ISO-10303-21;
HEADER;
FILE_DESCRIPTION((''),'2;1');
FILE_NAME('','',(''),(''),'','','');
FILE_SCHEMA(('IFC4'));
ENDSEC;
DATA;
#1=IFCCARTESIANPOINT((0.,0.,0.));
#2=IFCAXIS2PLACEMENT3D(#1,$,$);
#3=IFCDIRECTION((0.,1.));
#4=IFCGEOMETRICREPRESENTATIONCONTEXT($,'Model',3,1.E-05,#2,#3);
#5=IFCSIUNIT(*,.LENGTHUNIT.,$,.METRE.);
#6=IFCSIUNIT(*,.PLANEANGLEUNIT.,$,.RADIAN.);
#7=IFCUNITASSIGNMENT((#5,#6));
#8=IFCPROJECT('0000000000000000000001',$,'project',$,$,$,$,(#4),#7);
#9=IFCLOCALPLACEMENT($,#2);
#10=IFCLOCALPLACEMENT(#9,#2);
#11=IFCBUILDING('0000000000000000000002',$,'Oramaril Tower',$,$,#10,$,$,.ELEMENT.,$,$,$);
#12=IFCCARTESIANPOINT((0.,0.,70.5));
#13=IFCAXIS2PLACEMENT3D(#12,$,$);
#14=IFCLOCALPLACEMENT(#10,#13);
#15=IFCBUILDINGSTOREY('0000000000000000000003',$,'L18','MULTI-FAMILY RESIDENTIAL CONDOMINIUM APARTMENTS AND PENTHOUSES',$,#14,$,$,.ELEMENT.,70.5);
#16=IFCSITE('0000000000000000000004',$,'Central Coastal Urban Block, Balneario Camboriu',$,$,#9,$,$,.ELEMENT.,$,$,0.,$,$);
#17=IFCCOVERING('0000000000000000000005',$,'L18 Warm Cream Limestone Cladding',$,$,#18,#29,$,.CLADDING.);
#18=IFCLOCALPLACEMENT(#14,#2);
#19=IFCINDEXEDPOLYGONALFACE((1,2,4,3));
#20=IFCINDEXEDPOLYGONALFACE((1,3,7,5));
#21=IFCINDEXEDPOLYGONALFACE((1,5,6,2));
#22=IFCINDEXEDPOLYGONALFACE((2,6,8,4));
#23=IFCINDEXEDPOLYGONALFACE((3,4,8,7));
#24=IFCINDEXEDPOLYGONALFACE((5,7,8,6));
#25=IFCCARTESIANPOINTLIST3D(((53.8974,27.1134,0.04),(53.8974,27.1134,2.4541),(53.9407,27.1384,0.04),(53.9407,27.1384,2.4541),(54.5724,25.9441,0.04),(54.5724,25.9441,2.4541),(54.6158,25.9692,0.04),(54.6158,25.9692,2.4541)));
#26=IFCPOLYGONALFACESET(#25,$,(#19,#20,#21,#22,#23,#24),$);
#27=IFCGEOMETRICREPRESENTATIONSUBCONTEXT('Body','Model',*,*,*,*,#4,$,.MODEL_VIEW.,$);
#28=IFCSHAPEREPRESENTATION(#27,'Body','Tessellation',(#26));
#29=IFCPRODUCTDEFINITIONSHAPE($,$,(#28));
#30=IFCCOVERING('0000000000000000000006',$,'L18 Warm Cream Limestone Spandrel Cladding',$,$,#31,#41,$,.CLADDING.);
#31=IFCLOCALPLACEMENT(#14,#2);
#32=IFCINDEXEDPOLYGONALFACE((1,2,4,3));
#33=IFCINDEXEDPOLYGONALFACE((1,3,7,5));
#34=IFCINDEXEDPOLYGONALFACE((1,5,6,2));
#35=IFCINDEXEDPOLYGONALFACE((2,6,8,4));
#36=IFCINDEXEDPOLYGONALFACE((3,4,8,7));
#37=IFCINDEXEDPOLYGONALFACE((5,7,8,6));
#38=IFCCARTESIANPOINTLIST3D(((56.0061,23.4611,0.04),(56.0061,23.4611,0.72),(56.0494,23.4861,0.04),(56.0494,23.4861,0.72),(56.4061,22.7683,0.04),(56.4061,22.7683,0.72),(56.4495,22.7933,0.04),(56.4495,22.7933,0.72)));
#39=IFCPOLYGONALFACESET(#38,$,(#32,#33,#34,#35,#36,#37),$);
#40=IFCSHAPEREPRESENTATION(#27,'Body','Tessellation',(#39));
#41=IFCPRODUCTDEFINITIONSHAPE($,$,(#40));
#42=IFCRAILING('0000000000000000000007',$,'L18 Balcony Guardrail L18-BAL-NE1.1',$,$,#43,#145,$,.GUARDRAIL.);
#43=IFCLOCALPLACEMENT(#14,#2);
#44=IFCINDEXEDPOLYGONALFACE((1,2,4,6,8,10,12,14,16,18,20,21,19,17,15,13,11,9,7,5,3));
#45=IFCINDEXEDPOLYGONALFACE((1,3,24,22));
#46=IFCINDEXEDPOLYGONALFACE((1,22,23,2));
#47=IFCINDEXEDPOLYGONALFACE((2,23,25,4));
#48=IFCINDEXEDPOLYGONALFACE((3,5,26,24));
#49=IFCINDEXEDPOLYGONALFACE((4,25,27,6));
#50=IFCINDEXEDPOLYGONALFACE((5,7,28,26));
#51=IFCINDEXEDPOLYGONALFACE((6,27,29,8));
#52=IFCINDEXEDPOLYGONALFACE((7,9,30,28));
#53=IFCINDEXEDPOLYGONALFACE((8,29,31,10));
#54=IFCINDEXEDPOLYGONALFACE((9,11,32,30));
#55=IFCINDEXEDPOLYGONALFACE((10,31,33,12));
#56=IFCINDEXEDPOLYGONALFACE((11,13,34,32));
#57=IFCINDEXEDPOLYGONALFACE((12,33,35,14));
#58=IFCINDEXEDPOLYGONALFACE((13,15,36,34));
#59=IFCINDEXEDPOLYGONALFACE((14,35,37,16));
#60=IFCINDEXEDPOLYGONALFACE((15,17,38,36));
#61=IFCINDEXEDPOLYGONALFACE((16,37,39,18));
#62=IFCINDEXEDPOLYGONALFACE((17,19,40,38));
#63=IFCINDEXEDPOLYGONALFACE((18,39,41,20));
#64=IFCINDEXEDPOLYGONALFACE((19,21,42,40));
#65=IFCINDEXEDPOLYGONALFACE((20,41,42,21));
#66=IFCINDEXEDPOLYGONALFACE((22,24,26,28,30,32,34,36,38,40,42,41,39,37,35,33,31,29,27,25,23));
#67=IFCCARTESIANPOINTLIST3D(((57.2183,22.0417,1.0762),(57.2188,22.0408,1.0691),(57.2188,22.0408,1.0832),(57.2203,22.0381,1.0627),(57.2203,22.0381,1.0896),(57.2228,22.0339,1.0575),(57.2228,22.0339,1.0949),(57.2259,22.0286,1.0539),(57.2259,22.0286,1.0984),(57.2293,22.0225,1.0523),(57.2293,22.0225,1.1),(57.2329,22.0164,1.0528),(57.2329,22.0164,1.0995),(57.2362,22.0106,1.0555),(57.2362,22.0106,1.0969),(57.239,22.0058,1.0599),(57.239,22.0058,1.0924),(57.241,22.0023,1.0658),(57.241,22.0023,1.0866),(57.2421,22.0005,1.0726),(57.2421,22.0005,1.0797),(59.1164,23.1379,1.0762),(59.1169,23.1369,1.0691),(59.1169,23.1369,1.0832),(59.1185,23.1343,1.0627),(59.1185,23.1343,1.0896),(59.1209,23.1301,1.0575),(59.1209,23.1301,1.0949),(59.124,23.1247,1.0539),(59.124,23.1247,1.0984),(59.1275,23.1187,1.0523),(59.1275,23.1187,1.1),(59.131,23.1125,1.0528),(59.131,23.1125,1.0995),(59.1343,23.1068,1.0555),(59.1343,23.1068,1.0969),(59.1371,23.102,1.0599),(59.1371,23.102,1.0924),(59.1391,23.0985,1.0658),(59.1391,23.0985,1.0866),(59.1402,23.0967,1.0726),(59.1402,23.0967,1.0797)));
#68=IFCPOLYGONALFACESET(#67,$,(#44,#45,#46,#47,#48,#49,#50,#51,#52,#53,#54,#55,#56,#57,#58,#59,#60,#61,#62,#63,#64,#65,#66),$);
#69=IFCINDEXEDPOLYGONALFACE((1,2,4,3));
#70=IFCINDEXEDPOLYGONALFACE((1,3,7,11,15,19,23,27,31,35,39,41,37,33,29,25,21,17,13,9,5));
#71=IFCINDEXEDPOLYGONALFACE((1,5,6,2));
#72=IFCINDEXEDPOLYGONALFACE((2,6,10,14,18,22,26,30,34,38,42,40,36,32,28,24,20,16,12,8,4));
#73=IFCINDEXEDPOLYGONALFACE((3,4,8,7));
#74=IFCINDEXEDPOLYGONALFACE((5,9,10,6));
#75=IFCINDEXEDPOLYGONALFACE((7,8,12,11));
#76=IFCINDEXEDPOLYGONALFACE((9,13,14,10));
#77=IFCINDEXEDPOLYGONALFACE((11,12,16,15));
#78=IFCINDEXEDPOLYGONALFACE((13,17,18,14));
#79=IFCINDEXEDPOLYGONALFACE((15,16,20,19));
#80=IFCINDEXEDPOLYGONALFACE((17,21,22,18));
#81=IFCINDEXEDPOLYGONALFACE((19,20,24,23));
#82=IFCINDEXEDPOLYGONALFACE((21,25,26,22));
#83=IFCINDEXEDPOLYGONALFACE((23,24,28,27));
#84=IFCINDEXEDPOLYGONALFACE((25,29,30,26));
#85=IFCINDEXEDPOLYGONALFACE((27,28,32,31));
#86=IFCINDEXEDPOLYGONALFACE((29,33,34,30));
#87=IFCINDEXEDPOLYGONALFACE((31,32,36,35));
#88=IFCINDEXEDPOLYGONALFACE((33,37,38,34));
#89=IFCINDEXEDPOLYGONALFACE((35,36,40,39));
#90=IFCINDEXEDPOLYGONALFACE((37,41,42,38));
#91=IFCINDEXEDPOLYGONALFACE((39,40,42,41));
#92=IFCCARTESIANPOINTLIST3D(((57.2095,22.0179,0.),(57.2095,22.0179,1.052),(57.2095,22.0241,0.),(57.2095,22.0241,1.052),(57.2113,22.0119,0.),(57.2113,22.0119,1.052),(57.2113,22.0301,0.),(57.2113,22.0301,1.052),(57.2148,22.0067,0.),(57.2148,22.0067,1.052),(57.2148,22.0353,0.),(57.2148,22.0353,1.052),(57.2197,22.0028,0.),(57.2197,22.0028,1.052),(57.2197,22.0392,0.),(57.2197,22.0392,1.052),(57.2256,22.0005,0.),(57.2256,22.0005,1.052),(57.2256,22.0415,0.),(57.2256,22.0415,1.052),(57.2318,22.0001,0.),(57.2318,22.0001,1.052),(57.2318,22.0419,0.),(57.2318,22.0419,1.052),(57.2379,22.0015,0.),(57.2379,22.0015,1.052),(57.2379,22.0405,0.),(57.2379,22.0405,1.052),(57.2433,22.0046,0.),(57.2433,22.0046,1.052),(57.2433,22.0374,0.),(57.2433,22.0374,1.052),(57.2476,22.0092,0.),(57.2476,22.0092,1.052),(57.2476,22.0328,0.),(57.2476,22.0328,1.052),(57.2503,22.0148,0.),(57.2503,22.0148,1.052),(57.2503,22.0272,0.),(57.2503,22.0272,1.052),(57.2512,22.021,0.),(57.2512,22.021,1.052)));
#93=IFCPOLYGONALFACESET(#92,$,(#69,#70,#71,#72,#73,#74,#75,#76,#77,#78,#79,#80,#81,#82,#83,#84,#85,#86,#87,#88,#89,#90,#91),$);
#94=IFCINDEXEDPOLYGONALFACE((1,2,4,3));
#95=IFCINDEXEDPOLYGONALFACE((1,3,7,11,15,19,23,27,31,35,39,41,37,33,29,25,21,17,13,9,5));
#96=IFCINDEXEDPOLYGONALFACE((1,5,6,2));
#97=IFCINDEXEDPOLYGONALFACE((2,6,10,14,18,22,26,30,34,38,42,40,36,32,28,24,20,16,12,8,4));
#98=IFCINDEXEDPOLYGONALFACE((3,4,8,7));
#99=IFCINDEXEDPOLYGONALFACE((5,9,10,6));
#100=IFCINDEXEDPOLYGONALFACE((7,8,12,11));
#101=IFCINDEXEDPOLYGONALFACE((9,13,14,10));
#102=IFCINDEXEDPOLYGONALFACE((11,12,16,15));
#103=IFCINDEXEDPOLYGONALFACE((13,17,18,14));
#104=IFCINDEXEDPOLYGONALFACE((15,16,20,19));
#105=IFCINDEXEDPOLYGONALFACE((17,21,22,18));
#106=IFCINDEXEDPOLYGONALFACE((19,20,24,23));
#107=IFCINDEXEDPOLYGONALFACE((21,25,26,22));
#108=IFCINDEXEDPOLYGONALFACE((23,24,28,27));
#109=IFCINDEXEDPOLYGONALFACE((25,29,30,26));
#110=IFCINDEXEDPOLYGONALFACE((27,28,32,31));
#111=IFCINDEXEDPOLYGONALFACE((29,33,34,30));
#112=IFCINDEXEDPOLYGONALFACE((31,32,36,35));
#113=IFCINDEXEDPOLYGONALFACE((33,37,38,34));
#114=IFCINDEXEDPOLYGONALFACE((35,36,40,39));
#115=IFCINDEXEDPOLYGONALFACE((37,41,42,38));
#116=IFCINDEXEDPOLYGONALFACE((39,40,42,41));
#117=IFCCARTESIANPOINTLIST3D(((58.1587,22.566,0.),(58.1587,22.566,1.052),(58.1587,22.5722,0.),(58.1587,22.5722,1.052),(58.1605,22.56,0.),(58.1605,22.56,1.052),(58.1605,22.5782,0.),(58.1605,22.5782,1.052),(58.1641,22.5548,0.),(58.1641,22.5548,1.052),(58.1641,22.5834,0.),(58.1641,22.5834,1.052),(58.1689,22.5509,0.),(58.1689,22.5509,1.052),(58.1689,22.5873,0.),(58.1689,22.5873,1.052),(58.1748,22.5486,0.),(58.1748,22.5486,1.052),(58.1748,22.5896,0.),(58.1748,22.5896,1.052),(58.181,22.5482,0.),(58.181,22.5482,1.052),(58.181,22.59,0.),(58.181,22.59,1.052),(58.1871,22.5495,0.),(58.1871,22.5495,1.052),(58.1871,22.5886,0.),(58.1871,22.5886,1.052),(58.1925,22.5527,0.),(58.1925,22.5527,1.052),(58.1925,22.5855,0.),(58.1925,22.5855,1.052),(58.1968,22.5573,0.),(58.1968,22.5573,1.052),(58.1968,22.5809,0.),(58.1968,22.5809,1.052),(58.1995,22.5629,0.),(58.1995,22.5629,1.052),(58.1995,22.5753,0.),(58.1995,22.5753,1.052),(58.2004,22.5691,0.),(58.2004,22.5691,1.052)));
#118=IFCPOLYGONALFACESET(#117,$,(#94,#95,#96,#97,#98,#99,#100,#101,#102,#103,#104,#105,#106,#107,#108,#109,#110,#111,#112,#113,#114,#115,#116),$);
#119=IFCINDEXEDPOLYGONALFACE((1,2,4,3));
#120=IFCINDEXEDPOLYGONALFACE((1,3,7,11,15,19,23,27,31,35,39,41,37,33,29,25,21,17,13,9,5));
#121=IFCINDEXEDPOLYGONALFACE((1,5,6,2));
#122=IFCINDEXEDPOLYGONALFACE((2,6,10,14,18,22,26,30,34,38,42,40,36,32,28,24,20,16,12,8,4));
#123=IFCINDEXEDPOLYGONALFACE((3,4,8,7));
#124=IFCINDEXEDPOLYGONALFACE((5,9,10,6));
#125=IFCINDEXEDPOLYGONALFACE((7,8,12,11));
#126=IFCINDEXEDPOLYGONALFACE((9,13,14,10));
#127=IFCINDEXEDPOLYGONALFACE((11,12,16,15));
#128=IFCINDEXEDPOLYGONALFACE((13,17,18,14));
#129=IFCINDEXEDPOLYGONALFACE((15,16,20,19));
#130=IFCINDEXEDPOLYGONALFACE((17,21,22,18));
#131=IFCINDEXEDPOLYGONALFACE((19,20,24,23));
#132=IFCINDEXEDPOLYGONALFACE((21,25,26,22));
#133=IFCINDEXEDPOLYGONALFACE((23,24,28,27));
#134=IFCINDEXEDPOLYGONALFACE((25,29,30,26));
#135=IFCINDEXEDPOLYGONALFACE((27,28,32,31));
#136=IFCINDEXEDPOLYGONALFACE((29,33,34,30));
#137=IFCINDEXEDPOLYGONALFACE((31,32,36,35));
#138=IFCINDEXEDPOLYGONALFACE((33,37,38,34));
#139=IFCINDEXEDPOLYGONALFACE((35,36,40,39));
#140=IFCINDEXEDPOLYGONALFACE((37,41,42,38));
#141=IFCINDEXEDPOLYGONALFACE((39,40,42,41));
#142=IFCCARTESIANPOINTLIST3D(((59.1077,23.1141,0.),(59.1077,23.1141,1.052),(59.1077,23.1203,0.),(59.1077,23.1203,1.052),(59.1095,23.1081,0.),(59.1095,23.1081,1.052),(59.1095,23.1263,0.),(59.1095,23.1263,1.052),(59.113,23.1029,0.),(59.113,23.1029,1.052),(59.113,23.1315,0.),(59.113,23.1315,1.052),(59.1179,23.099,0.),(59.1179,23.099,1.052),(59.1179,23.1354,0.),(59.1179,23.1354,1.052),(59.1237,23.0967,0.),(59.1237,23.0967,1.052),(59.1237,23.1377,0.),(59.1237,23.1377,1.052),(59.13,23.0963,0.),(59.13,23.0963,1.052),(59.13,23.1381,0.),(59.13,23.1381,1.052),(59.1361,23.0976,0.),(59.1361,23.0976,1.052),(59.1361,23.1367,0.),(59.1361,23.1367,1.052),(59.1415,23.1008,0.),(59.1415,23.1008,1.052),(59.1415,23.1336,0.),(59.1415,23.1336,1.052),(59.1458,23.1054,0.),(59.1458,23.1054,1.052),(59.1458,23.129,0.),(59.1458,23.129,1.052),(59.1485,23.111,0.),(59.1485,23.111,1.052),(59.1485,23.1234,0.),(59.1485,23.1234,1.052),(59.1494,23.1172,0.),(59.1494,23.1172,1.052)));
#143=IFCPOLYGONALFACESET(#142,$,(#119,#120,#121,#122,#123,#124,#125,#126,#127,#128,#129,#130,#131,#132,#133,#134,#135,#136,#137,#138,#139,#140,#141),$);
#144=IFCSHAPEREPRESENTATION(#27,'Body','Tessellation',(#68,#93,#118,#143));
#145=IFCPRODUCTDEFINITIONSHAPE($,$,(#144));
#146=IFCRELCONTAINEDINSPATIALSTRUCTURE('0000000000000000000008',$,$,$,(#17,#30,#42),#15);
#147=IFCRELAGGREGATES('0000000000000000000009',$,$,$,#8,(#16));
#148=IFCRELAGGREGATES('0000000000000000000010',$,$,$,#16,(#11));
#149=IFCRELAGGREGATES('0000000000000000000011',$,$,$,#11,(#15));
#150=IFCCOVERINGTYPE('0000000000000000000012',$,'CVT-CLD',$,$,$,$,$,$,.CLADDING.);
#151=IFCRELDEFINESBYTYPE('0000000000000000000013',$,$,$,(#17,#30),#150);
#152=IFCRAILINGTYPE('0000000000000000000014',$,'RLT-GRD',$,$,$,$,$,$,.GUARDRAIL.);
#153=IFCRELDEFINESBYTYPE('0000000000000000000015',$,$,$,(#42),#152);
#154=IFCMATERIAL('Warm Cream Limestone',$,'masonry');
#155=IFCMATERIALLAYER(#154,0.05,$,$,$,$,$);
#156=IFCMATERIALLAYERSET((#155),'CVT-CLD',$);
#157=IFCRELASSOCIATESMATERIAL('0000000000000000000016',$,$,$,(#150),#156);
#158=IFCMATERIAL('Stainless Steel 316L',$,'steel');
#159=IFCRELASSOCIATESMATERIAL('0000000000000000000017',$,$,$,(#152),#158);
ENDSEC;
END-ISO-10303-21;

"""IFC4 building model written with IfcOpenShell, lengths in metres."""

from ifc_helpers import new_model, si_unit, direction, frame, origin, origin_2d, place, context, subcontext, project, spatial, rectangle, circle, extrude, material, layer, layer_set, type_object, element, save


model = new_model("IFC4")

# Units and contexts
model_context = context("Model", 3, precision=1e-05, world=origin(), true_north=direction((0.0, 1.0)))
body_context = subcontext(model_context, "Body", "Model", "MODEL_VIEW")
ifc_project = project(units=[si_unit("LENGTHUNIT", "METRE"), si_unit("PLANEANGLEUNIT", "RADIAN")], contexts=[model_context])

# Site, building, storey
site_placement = place(None, origin())
site = spatial("IfcSite", under=ifc_project, at=site_placement, Name="Central Coastal Urban Block, Balneario Camboriu", CompositionType="ELEMENT", RefElevation=0.0)
building_placement = place(site_placement, origin())
building = spatial("IfcBuilding", under=site, at=building_placement, Name="Oramaril Tower", CompositionType="ELEMENT")
storey_placement = place(building_placement, frame((0.0, 0.0, 70.5)))
storey = spatial("IfcBuildingStorey", under=building, at=storey_placement, Name="L18", Description="MULTI-FAMILY RESIDENTIAL CONDOMINIUM APARTMENTS AND PENTHOUSES", CompositionType="ELEMENT", Elevation=70.5)

# Coverings
ifc_material_1 = material(Name="Warm Cream Limestone", Category="masonry")
ifc_layer_1 = layer(ifc_material_1, 0.05)
ifc_layer_set_1 = layer_set([ifc_layer_1], Name="CVT-CLD")
covering_type = type_object("IfcCoveringType", Name="CVT-CLD", PredefinedType="CLADDING", material=ifc_layer_set_1)
covering_1_placement = place(storey_placement, frame((54.2566, 26.5413, 0.04), z_axis=(0.0, 0.0, 1.0), x_axis=(-0.5, 0.866025, 0.0)))
element("IfcCovering", 1, at=covering_1_placement, inside=storey, type_object=covering_type, Name="L18 Warm Cream Limestone Cladding", PredefinedType="CLADDING", context=body_context, shape_type="SweptSolid", body=[
    extrude(rectangle(XDim=1.3501, YDim=0.05, at=origin_2d()), origin(), (0.0, 0.0, 1.0), 2.4141),
])
covering_2_placement = place(storey_placement, frame((56.2278, 23.1272, 0.04), z_axis=(0.0, 0.0, 1.0), x_axis=(-0.5, 0.866025, 0.0)))
element("IfcCovering", 2, at=covering_2_placement, inside=storey, type_object=covering_type, Name="L18 Warm Cream Limestone Spandrel Cladding", PredefinedType="CLADDING", context=body_context, shape_type="SweptSolid", body=[
    extrude(rectangle(XDim=0.8, YDim=0.05, at=origin_2d()), origin(), (0.0, 0.0, 1.0), 0.6799),
])

# Railing
ifc_material_2 = material(Name="Stainless Steel 316L", Category="steel")
railing_type = type_object("IfcRailingType", Name="RLT-GRD", PredefinedType="GUARDRAIL", material=ifc_material_2)
railing_1_placement = place(storey_placement, frame((57.2302, 22.021, 0.0)))
element("IfcRailing", 3, at=railing_1_placement, inside=storey, type_object=railing_type, Name="L18 Balcony Guardrail L18-BAL-NE1.1", PredefinedType="GUARDRAIL", context=body_context, shape_type="SweptSolid", body=[
    extrude(circle(Radius=0.0239, at=origin_2d()), frame((0.0, 0.0, 1.0762), z_axis=(0.865972, 0.500092, 0.0), x_axis=(-0.500092, 0.865972, 0.0)), (0.0, 0.0, 1.0), 2.1919),
    extrude(circle(Radius=0.021, at=origin_2d()), origin(), (0.0, 0.0, 1.0), 1.052),
    extrude(circle(Radius=0.021, at=origin_2d()), frame((0.9492, 0.5481, 0.0)), (0.0, 0.0, 1.0), 1.052),
    extrude(circle(Radius=0.021, at=origin_2d()), frame((1.8982, 1.0962, 0.0)), (0.0, 0.0, 1.0), 1.052),
])

save(model, "model.ifc")
